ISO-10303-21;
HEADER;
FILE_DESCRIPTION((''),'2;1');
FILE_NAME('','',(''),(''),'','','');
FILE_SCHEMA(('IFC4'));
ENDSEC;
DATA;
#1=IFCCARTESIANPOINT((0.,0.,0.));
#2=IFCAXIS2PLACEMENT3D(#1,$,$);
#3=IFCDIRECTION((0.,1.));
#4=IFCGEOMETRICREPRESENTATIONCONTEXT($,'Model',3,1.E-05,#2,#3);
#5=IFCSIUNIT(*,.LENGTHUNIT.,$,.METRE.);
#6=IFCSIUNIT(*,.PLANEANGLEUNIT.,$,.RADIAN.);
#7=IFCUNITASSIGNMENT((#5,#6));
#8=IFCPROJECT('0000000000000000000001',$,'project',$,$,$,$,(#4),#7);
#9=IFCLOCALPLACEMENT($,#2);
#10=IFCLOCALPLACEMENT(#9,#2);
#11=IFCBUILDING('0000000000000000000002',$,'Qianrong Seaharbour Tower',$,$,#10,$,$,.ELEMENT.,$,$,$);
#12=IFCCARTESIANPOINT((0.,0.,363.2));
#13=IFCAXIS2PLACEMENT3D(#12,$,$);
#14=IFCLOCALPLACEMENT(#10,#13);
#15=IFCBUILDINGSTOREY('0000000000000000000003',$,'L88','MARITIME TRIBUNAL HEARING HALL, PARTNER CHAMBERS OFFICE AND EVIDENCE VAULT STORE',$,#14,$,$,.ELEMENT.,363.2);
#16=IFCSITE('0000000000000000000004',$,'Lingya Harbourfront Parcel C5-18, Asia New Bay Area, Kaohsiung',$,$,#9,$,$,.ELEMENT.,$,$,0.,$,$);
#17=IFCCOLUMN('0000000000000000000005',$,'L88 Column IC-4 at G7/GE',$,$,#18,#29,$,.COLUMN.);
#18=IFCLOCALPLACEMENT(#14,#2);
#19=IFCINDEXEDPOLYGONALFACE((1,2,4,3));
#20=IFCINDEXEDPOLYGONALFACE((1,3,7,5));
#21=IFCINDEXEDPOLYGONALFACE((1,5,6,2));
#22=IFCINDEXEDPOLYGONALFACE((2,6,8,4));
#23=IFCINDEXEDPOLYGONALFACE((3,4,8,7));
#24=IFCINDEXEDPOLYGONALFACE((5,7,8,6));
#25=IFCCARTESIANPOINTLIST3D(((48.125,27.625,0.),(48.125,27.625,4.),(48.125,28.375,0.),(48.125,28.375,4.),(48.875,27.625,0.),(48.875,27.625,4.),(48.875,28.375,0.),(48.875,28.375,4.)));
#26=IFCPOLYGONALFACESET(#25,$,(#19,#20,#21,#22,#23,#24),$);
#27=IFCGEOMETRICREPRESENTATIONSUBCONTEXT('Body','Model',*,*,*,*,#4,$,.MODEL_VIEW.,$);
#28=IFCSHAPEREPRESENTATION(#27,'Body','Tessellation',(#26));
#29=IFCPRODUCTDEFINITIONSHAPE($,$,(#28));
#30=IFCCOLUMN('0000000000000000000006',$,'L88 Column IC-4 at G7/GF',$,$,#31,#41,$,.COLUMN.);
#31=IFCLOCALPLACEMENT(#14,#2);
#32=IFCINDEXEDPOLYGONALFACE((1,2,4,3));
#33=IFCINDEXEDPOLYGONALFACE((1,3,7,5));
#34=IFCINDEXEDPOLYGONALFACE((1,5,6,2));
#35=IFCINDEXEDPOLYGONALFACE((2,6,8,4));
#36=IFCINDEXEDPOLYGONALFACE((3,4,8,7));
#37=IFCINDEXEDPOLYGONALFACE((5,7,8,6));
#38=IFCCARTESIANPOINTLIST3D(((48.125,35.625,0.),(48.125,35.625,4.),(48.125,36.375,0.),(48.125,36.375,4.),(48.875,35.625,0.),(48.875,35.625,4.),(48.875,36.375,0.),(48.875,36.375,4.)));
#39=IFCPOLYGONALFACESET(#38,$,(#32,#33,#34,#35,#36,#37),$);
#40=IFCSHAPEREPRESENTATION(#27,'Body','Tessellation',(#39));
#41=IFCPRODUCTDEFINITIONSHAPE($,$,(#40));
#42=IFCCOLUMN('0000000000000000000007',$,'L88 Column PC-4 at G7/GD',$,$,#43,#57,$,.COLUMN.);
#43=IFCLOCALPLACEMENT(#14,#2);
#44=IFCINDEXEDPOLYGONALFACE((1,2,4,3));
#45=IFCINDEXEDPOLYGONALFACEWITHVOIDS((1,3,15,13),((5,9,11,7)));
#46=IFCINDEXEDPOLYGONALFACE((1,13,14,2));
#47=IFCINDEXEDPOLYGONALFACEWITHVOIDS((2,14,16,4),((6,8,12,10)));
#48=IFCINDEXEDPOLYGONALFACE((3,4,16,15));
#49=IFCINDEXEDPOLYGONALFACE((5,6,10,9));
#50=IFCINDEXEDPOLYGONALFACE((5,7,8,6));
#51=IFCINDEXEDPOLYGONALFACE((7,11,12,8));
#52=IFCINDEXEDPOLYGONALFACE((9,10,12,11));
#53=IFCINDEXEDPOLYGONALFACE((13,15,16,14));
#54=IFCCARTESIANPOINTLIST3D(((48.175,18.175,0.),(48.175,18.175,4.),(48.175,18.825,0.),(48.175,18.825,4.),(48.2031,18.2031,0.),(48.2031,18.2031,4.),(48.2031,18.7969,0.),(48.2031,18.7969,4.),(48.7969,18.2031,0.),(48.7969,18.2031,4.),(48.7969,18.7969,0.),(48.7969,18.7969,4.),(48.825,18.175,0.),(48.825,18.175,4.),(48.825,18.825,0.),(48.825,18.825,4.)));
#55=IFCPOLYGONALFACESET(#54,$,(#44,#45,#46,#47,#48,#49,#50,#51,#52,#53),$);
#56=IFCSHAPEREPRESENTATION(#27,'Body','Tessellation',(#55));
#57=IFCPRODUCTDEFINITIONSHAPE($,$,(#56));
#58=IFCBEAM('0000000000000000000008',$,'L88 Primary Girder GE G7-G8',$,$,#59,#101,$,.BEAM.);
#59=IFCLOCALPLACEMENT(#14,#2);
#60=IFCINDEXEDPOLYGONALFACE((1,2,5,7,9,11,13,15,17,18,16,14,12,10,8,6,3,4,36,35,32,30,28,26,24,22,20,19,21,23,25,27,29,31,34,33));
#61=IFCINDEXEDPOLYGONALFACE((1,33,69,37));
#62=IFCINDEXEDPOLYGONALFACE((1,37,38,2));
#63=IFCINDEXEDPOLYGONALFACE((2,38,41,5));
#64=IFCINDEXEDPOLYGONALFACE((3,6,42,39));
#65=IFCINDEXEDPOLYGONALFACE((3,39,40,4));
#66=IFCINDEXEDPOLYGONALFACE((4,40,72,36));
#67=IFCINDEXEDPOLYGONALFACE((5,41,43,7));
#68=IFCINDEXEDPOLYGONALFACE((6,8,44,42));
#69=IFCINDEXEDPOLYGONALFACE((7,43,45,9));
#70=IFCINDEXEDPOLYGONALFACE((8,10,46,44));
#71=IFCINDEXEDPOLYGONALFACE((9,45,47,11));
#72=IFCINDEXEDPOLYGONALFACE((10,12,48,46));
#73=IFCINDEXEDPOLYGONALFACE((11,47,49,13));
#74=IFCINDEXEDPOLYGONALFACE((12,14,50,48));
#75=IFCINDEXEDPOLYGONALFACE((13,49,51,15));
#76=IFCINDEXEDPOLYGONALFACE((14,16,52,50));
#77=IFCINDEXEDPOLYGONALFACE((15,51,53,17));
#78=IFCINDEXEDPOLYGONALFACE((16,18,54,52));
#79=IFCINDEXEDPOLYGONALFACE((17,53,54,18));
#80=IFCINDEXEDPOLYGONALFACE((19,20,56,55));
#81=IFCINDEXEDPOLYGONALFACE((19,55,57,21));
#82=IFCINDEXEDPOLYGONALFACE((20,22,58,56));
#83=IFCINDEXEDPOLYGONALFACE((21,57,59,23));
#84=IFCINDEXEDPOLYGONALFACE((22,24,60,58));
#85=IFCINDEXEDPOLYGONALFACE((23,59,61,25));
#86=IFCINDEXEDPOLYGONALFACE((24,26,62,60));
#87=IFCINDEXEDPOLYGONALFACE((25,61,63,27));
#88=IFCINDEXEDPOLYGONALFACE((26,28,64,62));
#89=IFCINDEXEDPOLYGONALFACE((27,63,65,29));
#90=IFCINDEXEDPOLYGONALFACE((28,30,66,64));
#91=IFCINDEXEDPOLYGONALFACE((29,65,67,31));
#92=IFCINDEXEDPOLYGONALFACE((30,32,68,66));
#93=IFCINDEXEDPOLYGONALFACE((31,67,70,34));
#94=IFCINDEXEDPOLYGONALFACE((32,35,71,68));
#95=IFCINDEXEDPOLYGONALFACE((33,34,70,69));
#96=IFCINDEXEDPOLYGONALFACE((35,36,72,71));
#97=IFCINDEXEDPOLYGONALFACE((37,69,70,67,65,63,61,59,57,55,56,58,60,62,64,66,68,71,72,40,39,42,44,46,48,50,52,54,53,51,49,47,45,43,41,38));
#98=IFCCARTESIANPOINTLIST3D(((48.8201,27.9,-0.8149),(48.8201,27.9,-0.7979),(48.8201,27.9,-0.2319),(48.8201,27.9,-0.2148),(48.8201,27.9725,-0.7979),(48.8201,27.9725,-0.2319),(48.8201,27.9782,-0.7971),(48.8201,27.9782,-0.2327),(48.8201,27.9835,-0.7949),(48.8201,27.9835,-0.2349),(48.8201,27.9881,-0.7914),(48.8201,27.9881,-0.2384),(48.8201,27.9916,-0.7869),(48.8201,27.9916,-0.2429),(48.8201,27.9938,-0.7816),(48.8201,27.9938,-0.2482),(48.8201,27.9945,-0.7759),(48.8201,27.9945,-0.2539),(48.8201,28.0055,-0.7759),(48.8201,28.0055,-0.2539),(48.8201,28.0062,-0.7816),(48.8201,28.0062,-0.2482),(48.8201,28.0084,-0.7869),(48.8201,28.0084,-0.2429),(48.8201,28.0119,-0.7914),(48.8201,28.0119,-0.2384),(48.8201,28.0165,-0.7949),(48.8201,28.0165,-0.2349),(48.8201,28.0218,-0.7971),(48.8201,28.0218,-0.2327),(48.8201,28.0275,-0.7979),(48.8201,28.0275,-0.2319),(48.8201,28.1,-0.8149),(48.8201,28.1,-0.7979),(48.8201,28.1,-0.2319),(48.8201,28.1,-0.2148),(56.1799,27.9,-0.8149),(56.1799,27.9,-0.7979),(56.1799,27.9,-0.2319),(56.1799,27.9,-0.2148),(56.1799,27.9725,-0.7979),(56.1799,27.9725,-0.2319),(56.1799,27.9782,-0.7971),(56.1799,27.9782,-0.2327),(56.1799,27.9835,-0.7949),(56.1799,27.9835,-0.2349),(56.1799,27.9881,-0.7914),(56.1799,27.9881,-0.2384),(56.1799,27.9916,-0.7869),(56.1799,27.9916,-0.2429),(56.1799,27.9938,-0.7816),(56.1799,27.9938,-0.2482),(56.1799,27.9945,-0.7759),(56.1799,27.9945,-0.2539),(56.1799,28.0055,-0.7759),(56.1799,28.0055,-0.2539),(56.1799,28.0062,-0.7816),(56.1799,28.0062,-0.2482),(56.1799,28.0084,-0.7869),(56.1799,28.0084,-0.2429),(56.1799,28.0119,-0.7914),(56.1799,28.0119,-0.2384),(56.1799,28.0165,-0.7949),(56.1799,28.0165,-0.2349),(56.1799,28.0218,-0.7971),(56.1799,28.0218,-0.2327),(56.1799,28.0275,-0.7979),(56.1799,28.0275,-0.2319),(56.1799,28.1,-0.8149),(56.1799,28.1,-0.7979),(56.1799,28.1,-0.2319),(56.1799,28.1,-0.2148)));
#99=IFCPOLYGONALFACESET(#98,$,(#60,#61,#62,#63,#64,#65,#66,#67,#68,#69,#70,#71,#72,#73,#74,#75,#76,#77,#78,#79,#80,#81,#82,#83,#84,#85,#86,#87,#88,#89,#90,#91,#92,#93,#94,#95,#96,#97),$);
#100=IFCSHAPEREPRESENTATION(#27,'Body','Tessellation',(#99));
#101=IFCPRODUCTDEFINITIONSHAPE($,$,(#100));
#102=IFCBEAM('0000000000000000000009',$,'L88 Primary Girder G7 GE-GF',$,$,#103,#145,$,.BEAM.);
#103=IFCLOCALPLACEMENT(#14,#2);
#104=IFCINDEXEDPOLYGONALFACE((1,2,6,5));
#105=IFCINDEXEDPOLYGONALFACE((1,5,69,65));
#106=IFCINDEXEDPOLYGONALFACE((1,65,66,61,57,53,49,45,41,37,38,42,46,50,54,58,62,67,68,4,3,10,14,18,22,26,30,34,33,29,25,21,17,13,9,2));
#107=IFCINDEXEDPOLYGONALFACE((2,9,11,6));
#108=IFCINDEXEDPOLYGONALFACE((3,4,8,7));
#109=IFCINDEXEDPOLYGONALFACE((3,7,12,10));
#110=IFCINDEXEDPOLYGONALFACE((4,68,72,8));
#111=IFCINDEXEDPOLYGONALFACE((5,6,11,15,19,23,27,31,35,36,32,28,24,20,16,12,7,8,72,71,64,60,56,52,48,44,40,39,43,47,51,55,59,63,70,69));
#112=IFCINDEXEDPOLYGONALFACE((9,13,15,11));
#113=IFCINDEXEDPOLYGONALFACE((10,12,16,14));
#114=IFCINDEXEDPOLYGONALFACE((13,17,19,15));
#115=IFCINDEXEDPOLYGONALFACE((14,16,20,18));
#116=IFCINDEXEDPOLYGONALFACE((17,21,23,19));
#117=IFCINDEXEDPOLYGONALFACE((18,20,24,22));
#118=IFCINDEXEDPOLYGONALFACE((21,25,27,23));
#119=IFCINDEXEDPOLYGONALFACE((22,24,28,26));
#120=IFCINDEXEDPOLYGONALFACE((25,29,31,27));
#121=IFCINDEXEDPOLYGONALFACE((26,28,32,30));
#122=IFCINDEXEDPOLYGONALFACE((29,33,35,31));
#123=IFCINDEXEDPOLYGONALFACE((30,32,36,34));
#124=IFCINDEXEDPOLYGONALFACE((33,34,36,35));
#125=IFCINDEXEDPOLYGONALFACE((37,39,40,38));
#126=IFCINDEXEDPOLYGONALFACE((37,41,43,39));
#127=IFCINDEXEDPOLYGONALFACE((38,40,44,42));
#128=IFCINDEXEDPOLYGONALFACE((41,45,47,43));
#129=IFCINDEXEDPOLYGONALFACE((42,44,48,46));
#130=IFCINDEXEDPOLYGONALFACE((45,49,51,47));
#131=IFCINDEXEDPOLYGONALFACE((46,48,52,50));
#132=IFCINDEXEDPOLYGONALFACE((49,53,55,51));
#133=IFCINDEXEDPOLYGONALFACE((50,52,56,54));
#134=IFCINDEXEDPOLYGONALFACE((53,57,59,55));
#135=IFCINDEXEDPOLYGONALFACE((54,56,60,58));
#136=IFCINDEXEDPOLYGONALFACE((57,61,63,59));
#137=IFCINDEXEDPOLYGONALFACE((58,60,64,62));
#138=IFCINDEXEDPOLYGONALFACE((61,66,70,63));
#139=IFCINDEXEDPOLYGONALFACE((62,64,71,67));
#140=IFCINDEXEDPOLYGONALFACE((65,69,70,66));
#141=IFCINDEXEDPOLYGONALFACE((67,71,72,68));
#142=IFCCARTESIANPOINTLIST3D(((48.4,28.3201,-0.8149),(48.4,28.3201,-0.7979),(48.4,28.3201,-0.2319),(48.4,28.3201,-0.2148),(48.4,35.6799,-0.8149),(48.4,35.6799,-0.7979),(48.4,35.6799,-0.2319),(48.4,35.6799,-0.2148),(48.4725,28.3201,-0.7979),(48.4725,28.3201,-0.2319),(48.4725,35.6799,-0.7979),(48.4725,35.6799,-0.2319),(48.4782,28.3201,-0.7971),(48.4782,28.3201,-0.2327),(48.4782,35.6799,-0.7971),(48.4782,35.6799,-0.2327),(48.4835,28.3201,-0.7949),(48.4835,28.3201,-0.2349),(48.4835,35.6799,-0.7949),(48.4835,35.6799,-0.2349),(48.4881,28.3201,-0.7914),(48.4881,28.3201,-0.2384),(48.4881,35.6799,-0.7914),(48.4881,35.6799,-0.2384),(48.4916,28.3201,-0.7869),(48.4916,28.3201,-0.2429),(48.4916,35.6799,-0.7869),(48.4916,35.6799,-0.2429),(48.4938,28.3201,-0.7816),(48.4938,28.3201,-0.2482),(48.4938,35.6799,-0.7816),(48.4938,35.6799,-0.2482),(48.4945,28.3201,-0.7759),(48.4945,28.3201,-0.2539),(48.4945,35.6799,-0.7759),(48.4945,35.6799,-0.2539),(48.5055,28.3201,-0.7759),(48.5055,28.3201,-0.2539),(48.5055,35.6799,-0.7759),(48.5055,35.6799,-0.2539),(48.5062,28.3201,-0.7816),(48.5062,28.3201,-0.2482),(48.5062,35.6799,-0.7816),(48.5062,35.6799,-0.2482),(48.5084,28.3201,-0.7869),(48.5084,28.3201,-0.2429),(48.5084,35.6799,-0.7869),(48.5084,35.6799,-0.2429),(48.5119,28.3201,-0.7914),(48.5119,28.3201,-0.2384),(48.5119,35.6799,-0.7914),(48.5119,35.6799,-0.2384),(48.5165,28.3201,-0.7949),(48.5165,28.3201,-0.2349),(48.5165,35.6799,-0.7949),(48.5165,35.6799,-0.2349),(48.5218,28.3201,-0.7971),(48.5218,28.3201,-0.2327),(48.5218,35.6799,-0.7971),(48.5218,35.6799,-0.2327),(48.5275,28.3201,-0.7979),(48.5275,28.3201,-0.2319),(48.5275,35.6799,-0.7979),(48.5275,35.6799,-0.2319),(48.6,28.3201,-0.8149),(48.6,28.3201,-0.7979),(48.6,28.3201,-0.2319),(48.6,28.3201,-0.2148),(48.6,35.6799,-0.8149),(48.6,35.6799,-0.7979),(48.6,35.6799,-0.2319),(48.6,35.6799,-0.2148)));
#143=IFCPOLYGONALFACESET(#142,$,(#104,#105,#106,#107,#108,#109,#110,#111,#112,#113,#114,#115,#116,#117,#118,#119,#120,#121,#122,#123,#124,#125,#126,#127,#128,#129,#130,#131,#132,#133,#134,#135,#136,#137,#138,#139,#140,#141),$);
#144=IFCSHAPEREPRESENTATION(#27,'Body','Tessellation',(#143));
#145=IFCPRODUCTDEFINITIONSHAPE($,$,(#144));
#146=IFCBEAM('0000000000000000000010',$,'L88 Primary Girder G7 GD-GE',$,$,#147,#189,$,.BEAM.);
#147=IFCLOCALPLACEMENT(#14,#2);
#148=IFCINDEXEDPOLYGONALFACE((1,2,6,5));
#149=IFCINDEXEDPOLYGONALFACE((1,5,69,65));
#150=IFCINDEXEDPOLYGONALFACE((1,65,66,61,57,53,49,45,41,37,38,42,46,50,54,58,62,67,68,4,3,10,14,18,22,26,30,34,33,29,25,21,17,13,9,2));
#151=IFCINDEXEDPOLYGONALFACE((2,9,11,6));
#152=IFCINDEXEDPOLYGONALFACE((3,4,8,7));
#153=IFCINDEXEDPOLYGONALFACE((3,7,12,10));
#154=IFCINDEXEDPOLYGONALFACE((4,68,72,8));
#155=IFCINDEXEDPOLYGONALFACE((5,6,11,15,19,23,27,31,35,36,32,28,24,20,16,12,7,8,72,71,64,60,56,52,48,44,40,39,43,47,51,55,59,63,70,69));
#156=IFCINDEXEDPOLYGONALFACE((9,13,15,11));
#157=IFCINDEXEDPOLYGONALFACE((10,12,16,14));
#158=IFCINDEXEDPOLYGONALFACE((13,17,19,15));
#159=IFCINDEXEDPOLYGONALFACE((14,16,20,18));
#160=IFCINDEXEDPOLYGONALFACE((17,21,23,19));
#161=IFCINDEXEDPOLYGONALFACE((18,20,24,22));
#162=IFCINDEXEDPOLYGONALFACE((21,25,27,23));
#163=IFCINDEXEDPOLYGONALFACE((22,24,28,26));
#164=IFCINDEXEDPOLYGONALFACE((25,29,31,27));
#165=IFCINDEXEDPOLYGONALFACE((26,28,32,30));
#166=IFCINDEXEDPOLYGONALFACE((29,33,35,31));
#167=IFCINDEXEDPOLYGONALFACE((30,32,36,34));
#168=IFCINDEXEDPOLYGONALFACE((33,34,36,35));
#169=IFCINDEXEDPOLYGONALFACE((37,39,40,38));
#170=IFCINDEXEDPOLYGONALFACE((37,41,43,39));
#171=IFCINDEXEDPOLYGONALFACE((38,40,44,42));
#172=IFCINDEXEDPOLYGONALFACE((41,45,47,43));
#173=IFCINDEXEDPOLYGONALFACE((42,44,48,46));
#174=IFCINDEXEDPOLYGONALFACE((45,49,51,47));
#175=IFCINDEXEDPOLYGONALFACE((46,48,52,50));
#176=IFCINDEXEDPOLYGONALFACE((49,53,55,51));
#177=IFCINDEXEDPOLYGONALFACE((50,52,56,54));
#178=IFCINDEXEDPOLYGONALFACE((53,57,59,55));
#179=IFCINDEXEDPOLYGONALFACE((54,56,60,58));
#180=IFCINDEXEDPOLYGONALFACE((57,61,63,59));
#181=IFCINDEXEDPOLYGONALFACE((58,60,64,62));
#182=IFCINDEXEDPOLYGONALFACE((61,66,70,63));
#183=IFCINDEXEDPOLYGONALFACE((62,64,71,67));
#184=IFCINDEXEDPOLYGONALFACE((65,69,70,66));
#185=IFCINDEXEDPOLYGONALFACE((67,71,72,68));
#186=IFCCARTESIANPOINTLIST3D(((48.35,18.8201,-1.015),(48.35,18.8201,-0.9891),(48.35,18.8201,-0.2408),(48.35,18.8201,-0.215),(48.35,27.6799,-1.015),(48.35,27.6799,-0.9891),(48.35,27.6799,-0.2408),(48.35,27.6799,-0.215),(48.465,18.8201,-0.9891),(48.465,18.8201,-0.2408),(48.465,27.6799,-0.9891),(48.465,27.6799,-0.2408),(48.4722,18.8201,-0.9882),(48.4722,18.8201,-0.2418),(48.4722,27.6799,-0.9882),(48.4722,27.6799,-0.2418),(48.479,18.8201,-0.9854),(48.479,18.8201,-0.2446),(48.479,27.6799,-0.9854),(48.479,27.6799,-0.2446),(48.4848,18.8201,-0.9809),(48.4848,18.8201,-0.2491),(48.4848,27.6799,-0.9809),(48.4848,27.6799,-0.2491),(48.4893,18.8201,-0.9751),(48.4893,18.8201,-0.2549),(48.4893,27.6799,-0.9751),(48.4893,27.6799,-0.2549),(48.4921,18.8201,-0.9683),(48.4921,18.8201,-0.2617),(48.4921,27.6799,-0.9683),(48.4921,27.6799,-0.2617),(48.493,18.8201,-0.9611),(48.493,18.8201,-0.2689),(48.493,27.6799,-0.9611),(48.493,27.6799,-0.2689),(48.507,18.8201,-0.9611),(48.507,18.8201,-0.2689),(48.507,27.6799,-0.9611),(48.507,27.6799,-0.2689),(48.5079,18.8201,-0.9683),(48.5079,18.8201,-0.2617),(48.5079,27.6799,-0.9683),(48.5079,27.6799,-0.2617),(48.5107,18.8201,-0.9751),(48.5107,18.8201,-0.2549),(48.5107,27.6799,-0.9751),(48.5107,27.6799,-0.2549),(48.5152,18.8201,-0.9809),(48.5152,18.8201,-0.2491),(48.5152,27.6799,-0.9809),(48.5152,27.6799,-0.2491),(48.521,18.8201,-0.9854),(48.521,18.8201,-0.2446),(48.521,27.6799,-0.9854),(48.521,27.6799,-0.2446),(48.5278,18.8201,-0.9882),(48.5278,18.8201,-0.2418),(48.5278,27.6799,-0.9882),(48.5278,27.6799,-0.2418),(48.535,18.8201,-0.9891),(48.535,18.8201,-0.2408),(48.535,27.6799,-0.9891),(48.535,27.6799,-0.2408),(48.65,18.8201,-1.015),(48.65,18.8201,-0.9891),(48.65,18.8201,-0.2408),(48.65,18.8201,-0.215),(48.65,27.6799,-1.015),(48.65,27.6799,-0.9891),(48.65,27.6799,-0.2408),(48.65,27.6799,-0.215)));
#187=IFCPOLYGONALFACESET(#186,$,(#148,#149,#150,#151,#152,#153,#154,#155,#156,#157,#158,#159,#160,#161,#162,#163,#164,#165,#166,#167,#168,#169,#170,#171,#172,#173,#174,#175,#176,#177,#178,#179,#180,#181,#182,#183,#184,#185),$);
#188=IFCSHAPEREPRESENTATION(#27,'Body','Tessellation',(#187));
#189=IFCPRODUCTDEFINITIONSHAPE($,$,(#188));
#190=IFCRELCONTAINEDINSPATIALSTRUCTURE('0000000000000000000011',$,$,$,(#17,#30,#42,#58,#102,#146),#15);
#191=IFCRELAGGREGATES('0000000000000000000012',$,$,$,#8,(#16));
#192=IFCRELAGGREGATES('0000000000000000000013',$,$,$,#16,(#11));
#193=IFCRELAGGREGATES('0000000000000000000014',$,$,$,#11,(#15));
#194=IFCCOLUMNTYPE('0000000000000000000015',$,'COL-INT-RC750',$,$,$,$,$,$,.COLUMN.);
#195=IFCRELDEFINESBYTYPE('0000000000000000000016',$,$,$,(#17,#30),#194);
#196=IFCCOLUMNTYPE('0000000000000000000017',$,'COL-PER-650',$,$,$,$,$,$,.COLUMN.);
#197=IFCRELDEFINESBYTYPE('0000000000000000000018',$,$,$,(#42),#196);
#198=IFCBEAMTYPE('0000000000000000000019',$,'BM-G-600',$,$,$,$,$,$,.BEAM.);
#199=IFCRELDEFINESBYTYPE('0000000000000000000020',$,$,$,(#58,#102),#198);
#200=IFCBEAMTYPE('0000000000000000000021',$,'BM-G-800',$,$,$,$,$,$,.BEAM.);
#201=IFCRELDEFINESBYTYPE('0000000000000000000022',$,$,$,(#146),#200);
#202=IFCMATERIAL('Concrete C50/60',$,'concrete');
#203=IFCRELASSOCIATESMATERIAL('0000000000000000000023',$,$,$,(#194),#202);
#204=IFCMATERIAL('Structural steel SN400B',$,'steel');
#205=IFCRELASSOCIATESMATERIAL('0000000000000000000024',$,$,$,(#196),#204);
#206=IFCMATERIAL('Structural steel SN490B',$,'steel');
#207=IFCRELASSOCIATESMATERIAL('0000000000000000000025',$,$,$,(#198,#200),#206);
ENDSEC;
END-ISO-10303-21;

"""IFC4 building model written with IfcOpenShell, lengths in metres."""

from ifc_helpers import new_model, si_unit, direction, frame, origin, origin_2d, place, context, subcontext, project, spatial, rectangle, hollow_rectangle, i_section, extrude, material, material_profile, profile_set, type_object, element, save


model = new_model("IFC4")

# Units and contexts
model_context = context("Model", 3, precision=1e-05, world=origin(), true_north=direction((0.0, 1.0)))
body_context = subcontext(model_context, "Body", "Model", "MODEL_VIEW")
ifc_project = project(units=[si_unit("LENGTHUNIT", "METRE"), si_unit("PLANEANGLEUNIT", "RADIAN")], contexts=[model_context])

# Site, building, storey
site_placement = place(None, origin())
site = spatial("IfcSite", under=ifc_project, at=site_placement, Name="Lingya Harbourfront Parcel C5-18, Asia New Bay Area, Kaohsiung", CompositionType="ELEMENT", RefElevation=0.0)
building_placement = place(site_placement, origin())
building = spatial("IfcBuilding", under=site, at=building_placement, Name="Qianrong Seaharbour Tower", CompositionType="ELEMENT")
storey_placement = place(building_placement, frame((0.0, 0.0, 363.2)))
storey = spatial("IfcBuildingStorey", under=building, at=storey_placement, Name="L88", Description="MARITIME TRIBUNAL HEARING HALL, PARTNER CHAMBERS OFFICE AND EVIDENCE VAULT STORE", CompositionType="ELEMENT", Elevation=363.2)

# Columns
ifc_material_1 = material(Name="Concrete C50/60", Category="concrete")
ifc_material_profile_1 = material_profile(ifc_material_1, rectangle(XDim=0.75, YDim=0.75, at=origin_2d()), Name="RC750x750")
ifc_profile_set_1 = profile_set([ifc_material_profile_1], Name="Concrete C50/60")
column_type_1 = type_object("IfcColumnType", Name="COL-INT-RC750", PredefinedType="COLUMN", material=ifc_profile_set_1)
for number, where, z_axis, x_axis, name in (
    (1, (48.5, 28.0, 0.0), (0.0, 0.0, 1.0), (1.0, 0.0, 0.0), "L88 Column IC-4 at G7/GE"),
    (2, (48.5, 36.0, 0.0), (0.0, 0.0, 1.0), (1.0, 0.0, 0.0), "L88 Column IC-4 at G7/GF"),
):
    element("IfcColumn", number, at=place(storey_placement, frame(where, z_axis=z_axis, x_axis=x_axis)), inside=storey, type_object=column_type_1, Name=name, PredefinedType="COLUMN", context=body_context, shape_type="SweptSolid", body=[
        extrude(rectangle(XDim=0.75, YDim=0.75, at=origin_2d()), origin(), (0.0, 0.0, 1.0), 4.0),
    ])
ifc_material_2 = material(Name="Structural steel SN400B", Category="steel")
ifc_material_profile_2 = material_profile(ifc_material_2, hollow_rectangle(XDim=0.6499, YDim=0.6499, WallThickness=0.0281, at=origin_2d()), Name="BOX650x650x28")
ifc_profile_set_2 = profile_set([ifc_material_profile_2], Name="Structural steel SN400B")
column_type_2 = type_object("IfcColumnType", Name="COL-PER-650", PredefinedType="COLUMN", material=ifc_profile_set_2)
column_placement = place(storey_placement, frame((48.5, 18.5, 0.0), z_axis=(0.0, 0.0, 1.0), x_axis=(1.0, 0.0, 0.0)))
element("IfcColumn", 3, at=column_placement, inside=storey, type_object=column_type_2, Name="L88 Column PC-4 at G7/GD", PredefinedType="COLUMN", context=body_context, shape_type="SweptSolid", body=[
    extrude(hollow_rectangle(XDim=0.6499, YDim=0.6499, WallThickness=0.0281, at=origin_2d()), origin(), (0.0, 0.0, 1.0), 4.0),
])

# Beams
ifc_material_3 = material(Name="Structural steel SN490B", Category="steel")
ifc_material_profile_3 = material_profile(ifc_material_3, i_section(OverallWidth=0.2, OverallDepth=0.6001, WebThickness=0.011, FlangeThickness=0.0171, FilletRadius=0.022, at=origin_2d()), Name="H600x200x11x17")
ifc_profile_set_3 = profile_set([ifc_material_profile_3], Name="Structural steel SN490B")
beam_type_1 = type_object("IfcBeamType", Name="BM-G-600", PredefinedType="BEAM", material=ifc_profile_set_3)
for number, where, z_axis, x_axis, name in (
    (4, (48.8201, 28.0, -0.5149), (1.0, 0.0, 0.0), (0.0, 1.0, 0.0), "L88 Primary Girder GE G7-G8"),
    (5, (48.5, 28.3201, -0.5149), (0.0, 1.0, 0.0), (-1.0, 0.0, 0.0), "L88 Primary Girder G7 GE-GF"),
):
    element("IfcBeam", number, at=place(storey_placement, frame(where, z_axis=z_axis, x_axis=x_axis)), inside=storey, type_object=beam_type_1, Name=name, PredefinedType="BEAM", context=body_context, shape_type="SweptSolid", body=[
        extrude(i_section(OverallWidth=0.2, OverallDepth=0.6001, WebThickness=0.011, FlangeThickness=0.0171, FilletRadius=0.022, at=origin_2d()), origin(), (0.0, 0.0, 1.0), 7.3599),
    ])
ifc_material_profile_4 = material_profile(ifc_material_3, i_section(OverallWidth=0.3, OverallDepth=0.8, WebThickness=0.0139, FlangeThickness=0.0259, FilletRadius=0.0281, at=origin_2d()), Name="H800x300x14x26")
ifc_profile_set_4 = profile_set([ifc_material_profile_4], Name="Structural steel SN490B")
beam_type_2 = type_object("IfcBeamType", Name="BM-G-800", PredefinedType="BEAM", material=ifc_profile_set_4)
beam_1_placement = place(storey_placement, frame((48.5, 18.8201, -0.615), z_axis=(0.0, 1.0, 0.0), x_axis=(-1.0, 0.0, 0.0)))
element("IfcBeam", 6, at=beam_1_placement, inside=storey, type_object=beam_type_2, Name="L88 Primary Girder G7 GD-GE", PredefinedType="BEAM", context=body_context, shape_type="SweptSolid", body=[
    extrude(i_section(OverallWidth=0.3, OverallDepth=0.8, WebThickness=0.0139, FlangeThickness=0.0259, FilletRadius=0.0281, at=origin_2d()), origin(), (0.0, 0.0, 1.0), 8.8599),
])

save(model, "model.ifc")
